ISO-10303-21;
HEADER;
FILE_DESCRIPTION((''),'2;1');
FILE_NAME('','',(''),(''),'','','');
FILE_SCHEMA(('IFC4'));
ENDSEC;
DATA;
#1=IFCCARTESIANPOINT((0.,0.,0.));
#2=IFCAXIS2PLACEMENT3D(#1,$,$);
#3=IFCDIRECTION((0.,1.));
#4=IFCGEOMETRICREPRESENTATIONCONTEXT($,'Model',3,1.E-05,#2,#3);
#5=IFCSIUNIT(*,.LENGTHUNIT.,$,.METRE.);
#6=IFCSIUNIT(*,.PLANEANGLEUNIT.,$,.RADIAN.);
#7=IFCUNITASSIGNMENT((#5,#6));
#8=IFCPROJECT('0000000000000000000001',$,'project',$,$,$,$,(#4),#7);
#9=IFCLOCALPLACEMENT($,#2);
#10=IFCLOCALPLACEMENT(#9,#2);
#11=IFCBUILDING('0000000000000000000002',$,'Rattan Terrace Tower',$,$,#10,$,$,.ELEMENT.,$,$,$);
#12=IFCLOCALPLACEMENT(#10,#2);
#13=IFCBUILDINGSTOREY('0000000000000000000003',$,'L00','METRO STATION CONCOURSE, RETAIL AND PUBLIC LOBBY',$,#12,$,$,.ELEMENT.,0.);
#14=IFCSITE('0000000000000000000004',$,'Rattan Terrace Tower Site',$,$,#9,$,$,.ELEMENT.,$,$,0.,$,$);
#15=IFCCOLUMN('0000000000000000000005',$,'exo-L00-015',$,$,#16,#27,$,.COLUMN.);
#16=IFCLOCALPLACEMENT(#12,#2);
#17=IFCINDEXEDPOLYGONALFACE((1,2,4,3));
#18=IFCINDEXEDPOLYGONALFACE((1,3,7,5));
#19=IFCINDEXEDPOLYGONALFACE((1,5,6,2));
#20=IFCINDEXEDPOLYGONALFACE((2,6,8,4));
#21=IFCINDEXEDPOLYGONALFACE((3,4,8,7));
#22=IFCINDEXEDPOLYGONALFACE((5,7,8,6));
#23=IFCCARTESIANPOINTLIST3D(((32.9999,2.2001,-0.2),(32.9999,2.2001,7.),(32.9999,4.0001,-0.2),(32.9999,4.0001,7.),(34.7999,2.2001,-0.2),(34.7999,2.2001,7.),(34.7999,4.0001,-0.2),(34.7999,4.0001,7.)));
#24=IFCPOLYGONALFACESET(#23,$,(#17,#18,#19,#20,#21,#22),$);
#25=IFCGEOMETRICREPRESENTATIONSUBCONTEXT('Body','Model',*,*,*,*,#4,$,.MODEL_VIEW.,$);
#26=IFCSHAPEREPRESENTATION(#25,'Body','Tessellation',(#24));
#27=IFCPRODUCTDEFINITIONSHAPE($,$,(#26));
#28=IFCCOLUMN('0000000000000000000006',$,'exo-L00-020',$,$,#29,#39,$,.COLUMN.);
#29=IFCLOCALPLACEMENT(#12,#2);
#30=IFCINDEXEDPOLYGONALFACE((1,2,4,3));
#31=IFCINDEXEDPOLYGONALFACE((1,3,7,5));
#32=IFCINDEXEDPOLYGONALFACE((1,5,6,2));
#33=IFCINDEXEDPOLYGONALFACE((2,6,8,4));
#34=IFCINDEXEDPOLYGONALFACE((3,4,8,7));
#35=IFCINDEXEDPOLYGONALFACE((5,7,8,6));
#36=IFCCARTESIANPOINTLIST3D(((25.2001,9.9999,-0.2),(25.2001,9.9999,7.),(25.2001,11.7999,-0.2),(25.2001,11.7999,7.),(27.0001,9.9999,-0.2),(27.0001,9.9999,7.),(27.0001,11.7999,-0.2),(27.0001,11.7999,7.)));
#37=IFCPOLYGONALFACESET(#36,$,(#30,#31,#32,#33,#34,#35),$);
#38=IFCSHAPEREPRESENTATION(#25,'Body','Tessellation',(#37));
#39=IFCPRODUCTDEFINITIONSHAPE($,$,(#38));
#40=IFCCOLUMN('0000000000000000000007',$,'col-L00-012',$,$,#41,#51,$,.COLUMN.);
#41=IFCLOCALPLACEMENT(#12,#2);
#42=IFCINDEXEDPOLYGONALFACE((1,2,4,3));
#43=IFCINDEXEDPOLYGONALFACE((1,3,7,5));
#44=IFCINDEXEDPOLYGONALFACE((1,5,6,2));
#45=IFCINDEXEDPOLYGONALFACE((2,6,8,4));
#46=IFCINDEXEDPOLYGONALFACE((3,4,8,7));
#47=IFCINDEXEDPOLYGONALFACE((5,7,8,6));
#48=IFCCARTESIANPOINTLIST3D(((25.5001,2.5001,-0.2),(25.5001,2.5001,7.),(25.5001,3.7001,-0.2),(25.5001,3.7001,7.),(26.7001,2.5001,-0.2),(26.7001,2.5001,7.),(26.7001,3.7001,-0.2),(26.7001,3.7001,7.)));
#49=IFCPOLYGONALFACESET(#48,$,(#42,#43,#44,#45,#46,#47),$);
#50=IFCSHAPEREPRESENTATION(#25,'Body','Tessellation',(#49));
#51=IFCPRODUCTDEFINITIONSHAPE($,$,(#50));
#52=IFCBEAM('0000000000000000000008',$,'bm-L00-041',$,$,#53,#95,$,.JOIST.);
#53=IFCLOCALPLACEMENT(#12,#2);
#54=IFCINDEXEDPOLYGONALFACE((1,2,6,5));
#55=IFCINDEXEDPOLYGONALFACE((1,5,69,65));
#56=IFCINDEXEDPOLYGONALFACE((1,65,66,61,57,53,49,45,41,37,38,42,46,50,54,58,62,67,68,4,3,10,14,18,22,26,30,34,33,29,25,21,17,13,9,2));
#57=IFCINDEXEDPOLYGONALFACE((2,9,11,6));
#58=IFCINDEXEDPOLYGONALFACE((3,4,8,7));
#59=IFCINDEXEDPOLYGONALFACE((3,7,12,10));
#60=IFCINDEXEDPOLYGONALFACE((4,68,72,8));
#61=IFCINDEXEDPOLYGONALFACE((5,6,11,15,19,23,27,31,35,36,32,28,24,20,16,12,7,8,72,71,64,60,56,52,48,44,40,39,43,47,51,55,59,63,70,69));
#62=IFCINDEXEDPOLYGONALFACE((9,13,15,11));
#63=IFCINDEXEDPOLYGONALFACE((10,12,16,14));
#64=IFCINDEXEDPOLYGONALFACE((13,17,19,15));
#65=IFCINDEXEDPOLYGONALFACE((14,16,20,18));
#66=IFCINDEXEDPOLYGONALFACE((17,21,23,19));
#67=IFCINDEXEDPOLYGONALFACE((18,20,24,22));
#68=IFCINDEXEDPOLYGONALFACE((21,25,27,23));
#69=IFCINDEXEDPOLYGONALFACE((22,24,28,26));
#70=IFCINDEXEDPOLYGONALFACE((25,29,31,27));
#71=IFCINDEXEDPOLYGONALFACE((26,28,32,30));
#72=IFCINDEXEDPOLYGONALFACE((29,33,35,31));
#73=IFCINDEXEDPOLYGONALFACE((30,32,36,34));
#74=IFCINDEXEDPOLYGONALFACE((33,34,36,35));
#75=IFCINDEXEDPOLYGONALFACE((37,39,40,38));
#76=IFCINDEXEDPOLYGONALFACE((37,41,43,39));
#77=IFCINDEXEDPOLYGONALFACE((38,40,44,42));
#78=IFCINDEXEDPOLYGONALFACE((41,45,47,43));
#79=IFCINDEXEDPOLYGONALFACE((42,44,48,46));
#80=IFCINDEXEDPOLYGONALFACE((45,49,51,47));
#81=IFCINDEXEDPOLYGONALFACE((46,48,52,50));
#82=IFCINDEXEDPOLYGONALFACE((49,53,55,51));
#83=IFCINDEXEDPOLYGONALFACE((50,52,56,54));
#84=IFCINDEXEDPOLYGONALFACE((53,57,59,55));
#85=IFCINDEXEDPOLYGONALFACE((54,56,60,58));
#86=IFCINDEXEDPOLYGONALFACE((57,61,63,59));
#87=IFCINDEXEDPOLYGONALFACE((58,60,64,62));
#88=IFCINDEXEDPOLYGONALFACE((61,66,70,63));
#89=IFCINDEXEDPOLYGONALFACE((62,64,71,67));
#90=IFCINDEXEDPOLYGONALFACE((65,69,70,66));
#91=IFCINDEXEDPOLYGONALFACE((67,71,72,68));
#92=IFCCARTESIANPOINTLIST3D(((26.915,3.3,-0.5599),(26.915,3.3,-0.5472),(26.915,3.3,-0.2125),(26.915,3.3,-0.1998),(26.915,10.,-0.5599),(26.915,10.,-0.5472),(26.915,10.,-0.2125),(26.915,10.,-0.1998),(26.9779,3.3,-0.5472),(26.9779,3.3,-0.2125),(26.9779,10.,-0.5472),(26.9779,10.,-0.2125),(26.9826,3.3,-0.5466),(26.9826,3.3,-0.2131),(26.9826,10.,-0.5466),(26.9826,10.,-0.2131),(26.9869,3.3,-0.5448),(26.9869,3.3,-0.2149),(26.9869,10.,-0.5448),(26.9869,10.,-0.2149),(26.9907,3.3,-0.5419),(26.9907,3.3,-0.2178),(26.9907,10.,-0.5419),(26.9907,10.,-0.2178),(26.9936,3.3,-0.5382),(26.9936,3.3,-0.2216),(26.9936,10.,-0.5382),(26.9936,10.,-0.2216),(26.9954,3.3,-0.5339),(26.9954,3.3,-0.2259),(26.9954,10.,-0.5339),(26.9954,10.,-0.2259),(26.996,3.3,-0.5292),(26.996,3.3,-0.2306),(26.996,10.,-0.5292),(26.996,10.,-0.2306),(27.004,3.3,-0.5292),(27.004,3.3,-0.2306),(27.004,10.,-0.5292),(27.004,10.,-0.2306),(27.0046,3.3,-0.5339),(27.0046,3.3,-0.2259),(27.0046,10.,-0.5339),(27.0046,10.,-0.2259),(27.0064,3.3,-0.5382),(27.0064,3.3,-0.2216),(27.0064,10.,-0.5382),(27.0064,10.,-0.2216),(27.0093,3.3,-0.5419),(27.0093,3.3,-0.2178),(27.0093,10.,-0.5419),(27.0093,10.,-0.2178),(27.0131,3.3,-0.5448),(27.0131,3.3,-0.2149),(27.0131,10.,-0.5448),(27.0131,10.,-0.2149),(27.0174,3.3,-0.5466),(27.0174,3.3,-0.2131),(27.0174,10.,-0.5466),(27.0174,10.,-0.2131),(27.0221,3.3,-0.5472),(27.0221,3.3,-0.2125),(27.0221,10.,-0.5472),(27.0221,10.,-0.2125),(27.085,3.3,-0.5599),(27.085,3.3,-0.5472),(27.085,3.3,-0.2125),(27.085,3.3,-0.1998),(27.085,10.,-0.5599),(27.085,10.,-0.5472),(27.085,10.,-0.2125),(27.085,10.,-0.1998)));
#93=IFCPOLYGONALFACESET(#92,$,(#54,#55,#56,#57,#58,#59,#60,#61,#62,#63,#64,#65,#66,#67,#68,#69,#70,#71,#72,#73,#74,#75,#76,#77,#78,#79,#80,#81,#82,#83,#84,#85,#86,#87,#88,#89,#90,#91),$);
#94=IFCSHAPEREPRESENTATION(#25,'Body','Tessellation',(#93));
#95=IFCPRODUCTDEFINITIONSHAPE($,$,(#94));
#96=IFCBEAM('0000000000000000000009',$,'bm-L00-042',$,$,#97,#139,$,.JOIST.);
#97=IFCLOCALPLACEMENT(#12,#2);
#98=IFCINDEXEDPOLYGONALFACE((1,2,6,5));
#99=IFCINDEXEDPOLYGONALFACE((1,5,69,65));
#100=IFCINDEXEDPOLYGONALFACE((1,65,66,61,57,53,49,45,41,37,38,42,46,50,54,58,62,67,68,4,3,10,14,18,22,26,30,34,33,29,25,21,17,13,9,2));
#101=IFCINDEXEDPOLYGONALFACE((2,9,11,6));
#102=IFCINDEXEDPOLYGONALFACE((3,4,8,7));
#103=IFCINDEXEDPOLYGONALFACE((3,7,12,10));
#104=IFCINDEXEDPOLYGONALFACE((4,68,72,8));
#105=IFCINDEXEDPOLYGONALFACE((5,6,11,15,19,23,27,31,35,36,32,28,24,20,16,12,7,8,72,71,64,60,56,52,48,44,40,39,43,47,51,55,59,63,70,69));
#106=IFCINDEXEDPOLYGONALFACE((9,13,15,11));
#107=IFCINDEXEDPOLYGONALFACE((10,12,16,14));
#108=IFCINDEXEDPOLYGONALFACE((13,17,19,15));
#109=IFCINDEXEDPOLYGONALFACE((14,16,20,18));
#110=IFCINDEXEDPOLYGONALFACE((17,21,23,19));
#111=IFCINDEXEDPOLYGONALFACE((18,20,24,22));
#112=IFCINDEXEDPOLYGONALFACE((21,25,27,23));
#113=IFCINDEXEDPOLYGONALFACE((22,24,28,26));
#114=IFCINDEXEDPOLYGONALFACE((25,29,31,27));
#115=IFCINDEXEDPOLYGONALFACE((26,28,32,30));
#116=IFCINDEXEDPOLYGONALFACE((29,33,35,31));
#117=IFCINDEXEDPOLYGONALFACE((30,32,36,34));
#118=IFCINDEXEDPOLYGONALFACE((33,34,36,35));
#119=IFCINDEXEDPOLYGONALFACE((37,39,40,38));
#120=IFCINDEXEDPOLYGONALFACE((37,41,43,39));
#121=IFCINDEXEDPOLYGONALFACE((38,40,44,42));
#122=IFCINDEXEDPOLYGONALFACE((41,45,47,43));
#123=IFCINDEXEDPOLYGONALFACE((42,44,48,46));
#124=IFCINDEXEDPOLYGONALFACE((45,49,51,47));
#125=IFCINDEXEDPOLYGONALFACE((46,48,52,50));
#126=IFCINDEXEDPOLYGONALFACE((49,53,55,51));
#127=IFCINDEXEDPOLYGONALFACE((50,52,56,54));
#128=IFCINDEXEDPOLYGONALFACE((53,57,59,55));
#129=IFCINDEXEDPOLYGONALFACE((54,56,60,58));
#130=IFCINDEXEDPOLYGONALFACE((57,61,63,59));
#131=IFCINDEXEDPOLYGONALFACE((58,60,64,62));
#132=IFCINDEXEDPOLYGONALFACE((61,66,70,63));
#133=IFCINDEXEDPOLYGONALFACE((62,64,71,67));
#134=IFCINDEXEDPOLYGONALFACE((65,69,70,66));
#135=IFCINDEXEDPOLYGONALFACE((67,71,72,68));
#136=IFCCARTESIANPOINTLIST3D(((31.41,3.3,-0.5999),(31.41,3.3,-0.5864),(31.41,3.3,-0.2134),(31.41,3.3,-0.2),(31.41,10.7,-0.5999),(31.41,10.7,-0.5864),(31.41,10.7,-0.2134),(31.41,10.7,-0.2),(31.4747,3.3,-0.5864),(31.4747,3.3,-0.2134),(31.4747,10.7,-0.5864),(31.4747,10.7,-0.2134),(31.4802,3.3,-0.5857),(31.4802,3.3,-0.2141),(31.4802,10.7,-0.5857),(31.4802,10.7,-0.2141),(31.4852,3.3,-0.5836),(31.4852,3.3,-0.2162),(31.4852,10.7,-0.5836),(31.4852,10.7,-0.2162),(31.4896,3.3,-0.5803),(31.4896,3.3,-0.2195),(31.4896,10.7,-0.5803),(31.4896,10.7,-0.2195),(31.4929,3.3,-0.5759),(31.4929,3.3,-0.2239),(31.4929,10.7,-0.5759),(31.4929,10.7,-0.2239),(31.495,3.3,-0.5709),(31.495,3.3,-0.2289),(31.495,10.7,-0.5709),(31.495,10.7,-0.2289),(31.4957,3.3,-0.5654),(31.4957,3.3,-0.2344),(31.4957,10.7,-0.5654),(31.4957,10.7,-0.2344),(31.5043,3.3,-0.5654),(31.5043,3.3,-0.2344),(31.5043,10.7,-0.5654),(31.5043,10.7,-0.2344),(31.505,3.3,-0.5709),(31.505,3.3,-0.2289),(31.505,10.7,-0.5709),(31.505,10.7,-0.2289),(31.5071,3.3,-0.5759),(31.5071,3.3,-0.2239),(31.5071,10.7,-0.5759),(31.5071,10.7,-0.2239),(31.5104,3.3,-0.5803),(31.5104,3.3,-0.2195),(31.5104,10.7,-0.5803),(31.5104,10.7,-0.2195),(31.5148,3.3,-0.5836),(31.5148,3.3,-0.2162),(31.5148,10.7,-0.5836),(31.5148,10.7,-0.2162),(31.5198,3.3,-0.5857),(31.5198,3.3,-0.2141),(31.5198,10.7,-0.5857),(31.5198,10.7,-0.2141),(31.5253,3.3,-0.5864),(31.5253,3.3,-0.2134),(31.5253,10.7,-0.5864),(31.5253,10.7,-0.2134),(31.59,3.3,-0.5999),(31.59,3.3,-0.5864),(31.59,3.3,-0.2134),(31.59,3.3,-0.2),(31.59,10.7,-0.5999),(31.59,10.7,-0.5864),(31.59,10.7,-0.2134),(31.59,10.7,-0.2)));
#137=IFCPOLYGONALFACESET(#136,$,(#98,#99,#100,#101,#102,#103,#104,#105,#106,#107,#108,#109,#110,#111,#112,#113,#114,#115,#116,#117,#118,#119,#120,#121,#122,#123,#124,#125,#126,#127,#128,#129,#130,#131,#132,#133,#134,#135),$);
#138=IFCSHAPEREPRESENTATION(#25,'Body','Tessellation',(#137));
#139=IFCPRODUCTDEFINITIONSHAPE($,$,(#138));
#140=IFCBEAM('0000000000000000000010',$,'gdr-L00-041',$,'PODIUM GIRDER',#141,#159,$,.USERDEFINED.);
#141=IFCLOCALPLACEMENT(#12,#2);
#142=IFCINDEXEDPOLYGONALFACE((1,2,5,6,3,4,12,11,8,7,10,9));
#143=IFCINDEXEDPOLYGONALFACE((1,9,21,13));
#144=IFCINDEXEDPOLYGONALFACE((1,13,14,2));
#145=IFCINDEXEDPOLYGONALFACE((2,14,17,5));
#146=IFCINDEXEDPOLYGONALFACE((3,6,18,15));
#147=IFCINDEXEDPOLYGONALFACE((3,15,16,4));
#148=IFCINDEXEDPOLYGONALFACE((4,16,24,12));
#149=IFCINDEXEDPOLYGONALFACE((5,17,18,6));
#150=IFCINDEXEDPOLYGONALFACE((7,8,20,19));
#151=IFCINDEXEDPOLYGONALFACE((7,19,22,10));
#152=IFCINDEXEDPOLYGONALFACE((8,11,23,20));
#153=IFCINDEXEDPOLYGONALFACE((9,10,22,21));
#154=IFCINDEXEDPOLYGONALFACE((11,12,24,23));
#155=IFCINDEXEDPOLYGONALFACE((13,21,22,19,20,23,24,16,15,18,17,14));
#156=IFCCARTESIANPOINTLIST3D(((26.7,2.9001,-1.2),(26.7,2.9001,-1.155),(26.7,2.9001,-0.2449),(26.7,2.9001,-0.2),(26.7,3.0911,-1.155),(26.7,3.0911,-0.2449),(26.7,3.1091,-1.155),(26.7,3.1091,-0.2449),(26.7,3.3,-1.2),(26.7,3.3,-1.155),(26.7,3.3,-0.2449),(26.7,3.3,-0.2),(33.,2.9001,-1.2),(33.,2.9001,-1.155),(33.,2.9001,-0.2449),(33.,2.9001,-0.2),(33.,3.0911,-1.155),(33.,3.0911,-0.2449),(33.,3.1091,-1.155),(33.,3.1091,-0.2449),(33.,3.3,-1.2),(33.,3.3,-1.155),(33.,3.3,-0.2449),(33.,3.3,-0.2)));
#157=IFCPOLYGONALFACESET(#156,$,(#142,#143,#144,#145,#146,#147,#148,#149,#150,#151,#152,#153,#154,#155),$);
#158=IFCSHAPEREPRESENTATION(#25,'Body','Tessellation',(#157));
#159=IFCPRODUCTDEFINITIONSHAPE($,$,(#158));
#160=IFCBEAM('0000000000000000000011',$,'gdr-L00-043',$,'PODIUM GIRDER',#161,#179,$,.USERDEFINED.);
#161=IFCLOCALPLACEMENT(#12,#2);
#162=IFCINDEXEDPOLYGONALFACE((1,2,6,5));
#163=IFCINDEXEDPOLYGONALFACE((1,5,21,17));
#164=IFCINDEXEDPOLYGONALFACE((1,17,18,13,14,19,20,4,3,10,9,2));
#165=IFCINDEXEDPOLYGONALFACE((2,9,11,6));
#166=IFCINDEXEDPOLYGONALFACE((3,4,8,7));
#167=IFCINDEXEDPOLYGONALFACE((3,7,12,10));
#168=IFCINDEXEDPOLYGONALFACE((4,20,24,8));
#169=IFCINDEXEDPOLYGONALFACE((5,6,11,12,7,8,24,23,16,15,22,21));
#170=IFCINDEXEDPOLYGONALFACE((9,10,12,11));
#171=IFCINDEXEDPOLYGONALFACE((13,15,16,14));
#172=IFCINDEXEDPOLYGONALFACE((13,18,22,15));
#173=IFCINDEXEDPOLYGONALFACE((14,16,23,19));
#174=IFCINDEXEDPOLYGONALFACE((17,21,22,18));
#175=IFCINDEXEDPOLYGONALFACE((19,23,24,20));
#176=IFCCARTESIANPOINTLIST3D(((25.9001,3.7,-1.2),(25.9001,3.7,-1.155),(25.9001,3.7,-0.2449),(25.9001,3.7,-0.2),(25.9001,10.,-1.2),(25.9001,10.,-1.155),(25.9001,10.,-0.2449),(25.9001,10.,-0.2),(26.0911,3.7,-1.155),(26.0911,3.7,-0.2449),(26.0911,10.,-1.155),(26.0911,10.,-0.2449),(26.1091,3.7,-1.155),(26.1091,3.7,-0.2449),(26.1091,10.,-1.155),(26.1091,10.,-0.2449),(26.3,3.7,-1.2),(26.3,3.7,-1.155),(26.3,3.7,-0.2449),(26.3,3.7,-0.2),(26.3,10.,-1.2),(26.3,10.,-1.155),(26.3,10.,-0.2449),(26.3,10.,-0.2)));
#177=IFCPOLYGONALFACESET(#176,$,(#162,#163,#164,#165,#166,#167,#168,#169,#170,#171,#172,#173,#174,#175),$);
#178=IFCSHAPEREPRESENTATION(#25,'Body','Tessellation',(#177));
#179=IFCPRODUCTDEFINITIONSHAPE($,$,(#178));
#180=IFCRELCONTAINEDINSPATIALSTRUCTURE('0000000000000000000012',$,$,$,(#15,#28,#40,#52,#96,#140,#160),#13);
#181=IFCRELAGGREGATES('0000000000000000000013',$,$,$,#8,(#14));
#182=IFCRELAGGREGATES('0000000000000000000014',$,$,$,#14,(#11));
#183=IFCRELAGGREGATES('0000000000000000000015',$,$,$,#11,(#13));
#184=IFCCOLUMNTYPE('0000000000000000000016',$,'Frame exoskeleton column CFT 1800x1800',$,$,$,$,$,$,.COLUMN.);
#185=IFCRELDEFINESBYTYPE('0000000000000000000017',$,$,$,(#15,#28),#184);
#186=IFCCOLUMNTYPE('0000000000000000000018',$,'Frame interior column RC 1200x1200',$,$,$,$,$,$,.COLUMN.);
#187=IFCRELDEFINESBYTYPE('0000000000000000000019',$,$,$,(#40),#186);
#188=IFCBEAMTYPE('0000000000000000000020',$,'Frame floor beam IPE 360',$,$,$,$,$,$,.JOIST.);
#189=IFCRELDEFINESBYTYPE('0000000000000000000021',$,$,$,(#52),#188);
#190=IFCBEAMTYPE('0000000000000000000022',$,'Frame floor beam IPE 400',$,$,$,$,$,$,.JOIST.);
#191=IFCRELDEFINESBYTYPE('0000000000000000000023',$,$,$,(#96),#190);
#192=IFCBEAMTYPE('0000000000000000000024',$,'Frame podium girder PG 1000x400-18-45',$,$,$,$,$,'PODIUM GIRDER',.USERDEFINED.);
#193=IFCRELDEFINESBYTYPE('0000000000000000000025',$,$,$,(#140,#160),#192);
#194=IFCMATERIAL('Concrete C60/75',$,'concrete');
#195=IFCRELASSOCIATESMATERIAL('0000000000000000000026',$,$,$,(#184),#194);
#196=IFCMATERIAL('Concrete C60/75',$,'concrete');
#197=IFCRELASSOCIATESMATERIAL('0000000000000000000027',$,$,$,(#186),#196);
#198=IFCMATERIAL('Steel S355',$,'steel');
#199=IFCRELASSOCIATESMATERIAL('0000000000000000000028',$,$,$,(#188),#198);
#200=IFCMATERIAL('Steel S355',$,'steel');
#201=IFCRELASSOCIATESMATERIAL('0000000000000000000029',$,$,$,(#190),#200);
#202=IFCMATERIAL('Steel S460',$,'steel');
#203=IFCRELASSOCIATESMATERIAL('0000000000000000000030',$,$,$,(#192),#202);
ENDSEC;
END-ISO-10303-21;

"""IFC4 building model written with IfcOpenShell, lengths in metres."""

from ifc_helpers import new_model, si_unit, direction, frame, origin, origin_2d, place, context, subcontext, project, spatial, rectangle, i_section, extrude, material, material_profile, profile_set, type_object, element, save


model = new_model("IFC4")

# Units and contexts
model_context = context("Model", 3, precision=1e-05, world=origin(), true_north=direction((0.0, 1.0)))
body_context = subcontext(model_context, "Body", "Model", "MODEL_VIEW")
ifc_project = project(units=[si_unit("LENGTHUNIT", "METRE"), si_unit("PLANEANGLEUNIT", "RADIAN")], contexts=[model_context])

# Site, building, storey
site_placement = place(None, origin())
site = spatial("IfcSite", under=ifc_project, at=site_placement, Name="Rattan Terrace Tower Site", CompositionType="ELEMENT", RefElevation=0.0)
building_placement = place(site_placement, origin())
building = spatial("IfcBuilding", under=site, at=building_placement, Name="Rattan Terrace Tower", CompositionType="ELEMENT")
storey_placement = place(building_placement, origin())
storey = spatial("IfcBuildingStorey", under=building, at=storey_placement, Name="L00", Description="METRO STATION CONCOURSE, RETAIL AND PUBLIC LOBBY", CompositionType="ELEMENT", Elevation=0.0)

# Columns
ifc_material_1 = material(Name="Concrete C60/75", Category="concrete")
ifc_material_profile_1 = material_profile(ifc_material_1, rectangle(XDim=1.8, YDim=1.8, at=origin_2d()), Name="CFT 1800x1800")
ifc_profile_set_1 = profile_set([ifc_material_profile_1], Name="Concrete C60/75")
column_type_1 = type_object("IfcColumnType", Name="Frame exoskeleton column CFT 1800x1800", PredefinedType="COLUMN", material=ifc_profile_set_1)
for number, where, z_axis, x_axis, name in (
    (1, (33.8999, 3.1001, -0.2), (0.0, 0.0, 1.0), (0.0, 1.0, 0.0), "exo-L00-015"),
    (2, (26.1001, 10.8999, -0.2), (0.0, 0.0, 1.0), (1.0, 0.0, 0.0), "exo-L00-020"),
):
    element("IfcColumn", number, at=place(storey_placement, frame(where, z_axis=z_axis, x_axis=x_axis)), inside=storey, type_object=column_type_1, Name=name, PredefinedType="COLUMN", context=body_context, shape_type="SweptSolid", body=[
        extrude(rectangle(XDim=1.8, YDim=1.8, at=origin_2d()), origin(), (0.0, 0.0, 1.0), 7.2),
    ])
ifc_material_2 = material(Name="Concrete C60/75", Category="concrete")
ifc_material_profile_2 = material_profile(ifc_material_2, rectangle(XDim=1.2, YDim=1.2, at=origin_2d()), Name="RC 1200x1200")
ifc_profile_set_2 = profile_set([ifc_material_profile_2], Name="Concrete C60/75")
column_type_2 = type_object("IfcColumnType", Name="Frame interior column RC 1200x1200", PredefinedType="COLUMN", material=ifc_profile_set_2)
column_placement = place(storey_placement, frame((26.1001, 3.1001, -0.2), z_axis=(0.0, 0.0, 1.0), x_axis=(1.0, 0.0, 0.0)))
element("IfcColumn", 3, at=column_placement, inside=storey, type_object=column_type_2, Name="col-L00-012", PredefinedType="COLUMN", context=body_context, shape_type="SweptSolid", body=[
    extrude(rectangle(XDim=1.2, YDim=1.2, at=origin_2d()), origin(), (0.0, 0.0, 1.0), 7.2),
])

# Beams
ifc_material_3 = material(Name="Steel S355", Category="steel")
ifc_material_profile_3 = material_profile(ifc_material_3, i_section(OverallWidth=0.1699, OverallDepth=0.3601, WebThickness=0.0081, FlangeThickness=0.0127, FilletRadius=0.0181, at=origin_2d()), Name="IPE 360")
ifc_profile_set_3 = profile_set([ifc_material_profile_3], Name="Steel S355")
beam_type_1 = type_object("IfcBeamType", Name="Frame floor beam IPE 360", PredefinedType="JOIST", material=ifc_profile_set_3)
beam_1_placement = place(storey_placement, frame((27.0, 3.3, -0.3799), z_axis=(0.0, 1.0, 0.0), x_axis=(-1.0, 0.0, 0.0)))
element("IfcBeam", 4, at=beam_1_placement, inside=storey, type_object=beam_type_1, Name="bm-L00-041", PredefinedType="JOIST", context=body_context, shape_type="SweptSolid", body=[
    extrude(i_section(OverallWidth=0.1699, OverallDepth=0.3601, WebThickness=0.0081, FlangeThickness=0.0127, FilletRadius=0.0181, at=origin_2d()), origin(), (0.0, 0.0, 1.0), 6.7),
])
ifc_material_4 = material(Name="Steel S355", Category="steel")
ifc_material_profile_4 = material_profile(ifc_material_4, i_section(OverallWidth=0.1799, OverallDepth=0.3999, WebThickness=0.0085, FlangeThickness=0.0134, FilletRadius=0.021, at=origin_2d()), Name="IPE 400")
ifc_profile_set_4 = profile_set([ifc_material_profile_4], Name="Steel S355")
beam_type_2 = type_object("IfcBeamType", Name="Frame floor beam IPE 400", PredefinedType="JOIST", material=ifc_profile_set_4)
beam_2_placement = place(storey_placement, frame((31.5, 3.3, -0.3999), z_axis=(0.0, 1.0, 0.0), x_axis=(-1.0, 0.0, 0.0)))
element("IfcBeam", 5, at=beam_2_placement, inside=storey, type_object=beam_type_2, Name="bm-L00-042", PredefinedType="JOIST", context=body_context, shape_type="SweptSolid", body=[
    extrude(i_section(OverallWidth=0.1799, OverallDepth=0.3999, WebThickness=0.0085, FlangeThickness=0.0134, FilletRadius=0.021, at=origin_2d()), origin(), (0.0, 0.0, 1.0), 7.3999),
])
ifc_material_5 = material(Name="Steel S460", Category="steel")
ifc_material_profile_5 = material_profile(ifc_material_5, i_section(OverallWidth=0.3999, OverallDepth=1.0, WebThickness=0.0181, FlangeThickness=0.0449, at=origin_2d()), Name="PG 1000x400-18-45")
ifc_profile_set_5 = profile_set([ifc_material_profile_5], Name="Steel S460")
beam_type_3 = type_object("IfcBeamType", Name="Frame podium girder PG 1000x400-18-45", ElementType="PODIUM GIRDER", PredefinedType="USERDEFINED", material=ifc_profile_set_5)
for number, where, z_axis, x_axis, name in (
    (6, (26.7, 3.1001, -0.7), (1.0, 0.0, 0.0), (0.0, 1.0, 0.0), "gdr-L00-041"),
    (7, (26.1001, 3.7, -0.7), (0.0, 1.0, 0.0), (-1.0, 0.0, 0.0), "gdr-L00-043"),
):
    element("IfcBeam", number, at=place(storey_placement, frame(where, z_axis=z_axis, x_axis=x_axis)), inside=storey, type_object=beam_type_3, Name=name, ObjectType="PODIUM GIRDER", PredefinedType="USERDEFINED", context=body_context, shape_type="SweptSolid", body=[
        extrude(i_section(OverallWidth=0.3999, OverallDepth=1.0, WebThickness=0.0181, FlangeThickness=0.0449, at=origin_2d()), origin(), (0.0, 0.0, 1.0), 6.3),
    ])

save(model, "model.ifc")
